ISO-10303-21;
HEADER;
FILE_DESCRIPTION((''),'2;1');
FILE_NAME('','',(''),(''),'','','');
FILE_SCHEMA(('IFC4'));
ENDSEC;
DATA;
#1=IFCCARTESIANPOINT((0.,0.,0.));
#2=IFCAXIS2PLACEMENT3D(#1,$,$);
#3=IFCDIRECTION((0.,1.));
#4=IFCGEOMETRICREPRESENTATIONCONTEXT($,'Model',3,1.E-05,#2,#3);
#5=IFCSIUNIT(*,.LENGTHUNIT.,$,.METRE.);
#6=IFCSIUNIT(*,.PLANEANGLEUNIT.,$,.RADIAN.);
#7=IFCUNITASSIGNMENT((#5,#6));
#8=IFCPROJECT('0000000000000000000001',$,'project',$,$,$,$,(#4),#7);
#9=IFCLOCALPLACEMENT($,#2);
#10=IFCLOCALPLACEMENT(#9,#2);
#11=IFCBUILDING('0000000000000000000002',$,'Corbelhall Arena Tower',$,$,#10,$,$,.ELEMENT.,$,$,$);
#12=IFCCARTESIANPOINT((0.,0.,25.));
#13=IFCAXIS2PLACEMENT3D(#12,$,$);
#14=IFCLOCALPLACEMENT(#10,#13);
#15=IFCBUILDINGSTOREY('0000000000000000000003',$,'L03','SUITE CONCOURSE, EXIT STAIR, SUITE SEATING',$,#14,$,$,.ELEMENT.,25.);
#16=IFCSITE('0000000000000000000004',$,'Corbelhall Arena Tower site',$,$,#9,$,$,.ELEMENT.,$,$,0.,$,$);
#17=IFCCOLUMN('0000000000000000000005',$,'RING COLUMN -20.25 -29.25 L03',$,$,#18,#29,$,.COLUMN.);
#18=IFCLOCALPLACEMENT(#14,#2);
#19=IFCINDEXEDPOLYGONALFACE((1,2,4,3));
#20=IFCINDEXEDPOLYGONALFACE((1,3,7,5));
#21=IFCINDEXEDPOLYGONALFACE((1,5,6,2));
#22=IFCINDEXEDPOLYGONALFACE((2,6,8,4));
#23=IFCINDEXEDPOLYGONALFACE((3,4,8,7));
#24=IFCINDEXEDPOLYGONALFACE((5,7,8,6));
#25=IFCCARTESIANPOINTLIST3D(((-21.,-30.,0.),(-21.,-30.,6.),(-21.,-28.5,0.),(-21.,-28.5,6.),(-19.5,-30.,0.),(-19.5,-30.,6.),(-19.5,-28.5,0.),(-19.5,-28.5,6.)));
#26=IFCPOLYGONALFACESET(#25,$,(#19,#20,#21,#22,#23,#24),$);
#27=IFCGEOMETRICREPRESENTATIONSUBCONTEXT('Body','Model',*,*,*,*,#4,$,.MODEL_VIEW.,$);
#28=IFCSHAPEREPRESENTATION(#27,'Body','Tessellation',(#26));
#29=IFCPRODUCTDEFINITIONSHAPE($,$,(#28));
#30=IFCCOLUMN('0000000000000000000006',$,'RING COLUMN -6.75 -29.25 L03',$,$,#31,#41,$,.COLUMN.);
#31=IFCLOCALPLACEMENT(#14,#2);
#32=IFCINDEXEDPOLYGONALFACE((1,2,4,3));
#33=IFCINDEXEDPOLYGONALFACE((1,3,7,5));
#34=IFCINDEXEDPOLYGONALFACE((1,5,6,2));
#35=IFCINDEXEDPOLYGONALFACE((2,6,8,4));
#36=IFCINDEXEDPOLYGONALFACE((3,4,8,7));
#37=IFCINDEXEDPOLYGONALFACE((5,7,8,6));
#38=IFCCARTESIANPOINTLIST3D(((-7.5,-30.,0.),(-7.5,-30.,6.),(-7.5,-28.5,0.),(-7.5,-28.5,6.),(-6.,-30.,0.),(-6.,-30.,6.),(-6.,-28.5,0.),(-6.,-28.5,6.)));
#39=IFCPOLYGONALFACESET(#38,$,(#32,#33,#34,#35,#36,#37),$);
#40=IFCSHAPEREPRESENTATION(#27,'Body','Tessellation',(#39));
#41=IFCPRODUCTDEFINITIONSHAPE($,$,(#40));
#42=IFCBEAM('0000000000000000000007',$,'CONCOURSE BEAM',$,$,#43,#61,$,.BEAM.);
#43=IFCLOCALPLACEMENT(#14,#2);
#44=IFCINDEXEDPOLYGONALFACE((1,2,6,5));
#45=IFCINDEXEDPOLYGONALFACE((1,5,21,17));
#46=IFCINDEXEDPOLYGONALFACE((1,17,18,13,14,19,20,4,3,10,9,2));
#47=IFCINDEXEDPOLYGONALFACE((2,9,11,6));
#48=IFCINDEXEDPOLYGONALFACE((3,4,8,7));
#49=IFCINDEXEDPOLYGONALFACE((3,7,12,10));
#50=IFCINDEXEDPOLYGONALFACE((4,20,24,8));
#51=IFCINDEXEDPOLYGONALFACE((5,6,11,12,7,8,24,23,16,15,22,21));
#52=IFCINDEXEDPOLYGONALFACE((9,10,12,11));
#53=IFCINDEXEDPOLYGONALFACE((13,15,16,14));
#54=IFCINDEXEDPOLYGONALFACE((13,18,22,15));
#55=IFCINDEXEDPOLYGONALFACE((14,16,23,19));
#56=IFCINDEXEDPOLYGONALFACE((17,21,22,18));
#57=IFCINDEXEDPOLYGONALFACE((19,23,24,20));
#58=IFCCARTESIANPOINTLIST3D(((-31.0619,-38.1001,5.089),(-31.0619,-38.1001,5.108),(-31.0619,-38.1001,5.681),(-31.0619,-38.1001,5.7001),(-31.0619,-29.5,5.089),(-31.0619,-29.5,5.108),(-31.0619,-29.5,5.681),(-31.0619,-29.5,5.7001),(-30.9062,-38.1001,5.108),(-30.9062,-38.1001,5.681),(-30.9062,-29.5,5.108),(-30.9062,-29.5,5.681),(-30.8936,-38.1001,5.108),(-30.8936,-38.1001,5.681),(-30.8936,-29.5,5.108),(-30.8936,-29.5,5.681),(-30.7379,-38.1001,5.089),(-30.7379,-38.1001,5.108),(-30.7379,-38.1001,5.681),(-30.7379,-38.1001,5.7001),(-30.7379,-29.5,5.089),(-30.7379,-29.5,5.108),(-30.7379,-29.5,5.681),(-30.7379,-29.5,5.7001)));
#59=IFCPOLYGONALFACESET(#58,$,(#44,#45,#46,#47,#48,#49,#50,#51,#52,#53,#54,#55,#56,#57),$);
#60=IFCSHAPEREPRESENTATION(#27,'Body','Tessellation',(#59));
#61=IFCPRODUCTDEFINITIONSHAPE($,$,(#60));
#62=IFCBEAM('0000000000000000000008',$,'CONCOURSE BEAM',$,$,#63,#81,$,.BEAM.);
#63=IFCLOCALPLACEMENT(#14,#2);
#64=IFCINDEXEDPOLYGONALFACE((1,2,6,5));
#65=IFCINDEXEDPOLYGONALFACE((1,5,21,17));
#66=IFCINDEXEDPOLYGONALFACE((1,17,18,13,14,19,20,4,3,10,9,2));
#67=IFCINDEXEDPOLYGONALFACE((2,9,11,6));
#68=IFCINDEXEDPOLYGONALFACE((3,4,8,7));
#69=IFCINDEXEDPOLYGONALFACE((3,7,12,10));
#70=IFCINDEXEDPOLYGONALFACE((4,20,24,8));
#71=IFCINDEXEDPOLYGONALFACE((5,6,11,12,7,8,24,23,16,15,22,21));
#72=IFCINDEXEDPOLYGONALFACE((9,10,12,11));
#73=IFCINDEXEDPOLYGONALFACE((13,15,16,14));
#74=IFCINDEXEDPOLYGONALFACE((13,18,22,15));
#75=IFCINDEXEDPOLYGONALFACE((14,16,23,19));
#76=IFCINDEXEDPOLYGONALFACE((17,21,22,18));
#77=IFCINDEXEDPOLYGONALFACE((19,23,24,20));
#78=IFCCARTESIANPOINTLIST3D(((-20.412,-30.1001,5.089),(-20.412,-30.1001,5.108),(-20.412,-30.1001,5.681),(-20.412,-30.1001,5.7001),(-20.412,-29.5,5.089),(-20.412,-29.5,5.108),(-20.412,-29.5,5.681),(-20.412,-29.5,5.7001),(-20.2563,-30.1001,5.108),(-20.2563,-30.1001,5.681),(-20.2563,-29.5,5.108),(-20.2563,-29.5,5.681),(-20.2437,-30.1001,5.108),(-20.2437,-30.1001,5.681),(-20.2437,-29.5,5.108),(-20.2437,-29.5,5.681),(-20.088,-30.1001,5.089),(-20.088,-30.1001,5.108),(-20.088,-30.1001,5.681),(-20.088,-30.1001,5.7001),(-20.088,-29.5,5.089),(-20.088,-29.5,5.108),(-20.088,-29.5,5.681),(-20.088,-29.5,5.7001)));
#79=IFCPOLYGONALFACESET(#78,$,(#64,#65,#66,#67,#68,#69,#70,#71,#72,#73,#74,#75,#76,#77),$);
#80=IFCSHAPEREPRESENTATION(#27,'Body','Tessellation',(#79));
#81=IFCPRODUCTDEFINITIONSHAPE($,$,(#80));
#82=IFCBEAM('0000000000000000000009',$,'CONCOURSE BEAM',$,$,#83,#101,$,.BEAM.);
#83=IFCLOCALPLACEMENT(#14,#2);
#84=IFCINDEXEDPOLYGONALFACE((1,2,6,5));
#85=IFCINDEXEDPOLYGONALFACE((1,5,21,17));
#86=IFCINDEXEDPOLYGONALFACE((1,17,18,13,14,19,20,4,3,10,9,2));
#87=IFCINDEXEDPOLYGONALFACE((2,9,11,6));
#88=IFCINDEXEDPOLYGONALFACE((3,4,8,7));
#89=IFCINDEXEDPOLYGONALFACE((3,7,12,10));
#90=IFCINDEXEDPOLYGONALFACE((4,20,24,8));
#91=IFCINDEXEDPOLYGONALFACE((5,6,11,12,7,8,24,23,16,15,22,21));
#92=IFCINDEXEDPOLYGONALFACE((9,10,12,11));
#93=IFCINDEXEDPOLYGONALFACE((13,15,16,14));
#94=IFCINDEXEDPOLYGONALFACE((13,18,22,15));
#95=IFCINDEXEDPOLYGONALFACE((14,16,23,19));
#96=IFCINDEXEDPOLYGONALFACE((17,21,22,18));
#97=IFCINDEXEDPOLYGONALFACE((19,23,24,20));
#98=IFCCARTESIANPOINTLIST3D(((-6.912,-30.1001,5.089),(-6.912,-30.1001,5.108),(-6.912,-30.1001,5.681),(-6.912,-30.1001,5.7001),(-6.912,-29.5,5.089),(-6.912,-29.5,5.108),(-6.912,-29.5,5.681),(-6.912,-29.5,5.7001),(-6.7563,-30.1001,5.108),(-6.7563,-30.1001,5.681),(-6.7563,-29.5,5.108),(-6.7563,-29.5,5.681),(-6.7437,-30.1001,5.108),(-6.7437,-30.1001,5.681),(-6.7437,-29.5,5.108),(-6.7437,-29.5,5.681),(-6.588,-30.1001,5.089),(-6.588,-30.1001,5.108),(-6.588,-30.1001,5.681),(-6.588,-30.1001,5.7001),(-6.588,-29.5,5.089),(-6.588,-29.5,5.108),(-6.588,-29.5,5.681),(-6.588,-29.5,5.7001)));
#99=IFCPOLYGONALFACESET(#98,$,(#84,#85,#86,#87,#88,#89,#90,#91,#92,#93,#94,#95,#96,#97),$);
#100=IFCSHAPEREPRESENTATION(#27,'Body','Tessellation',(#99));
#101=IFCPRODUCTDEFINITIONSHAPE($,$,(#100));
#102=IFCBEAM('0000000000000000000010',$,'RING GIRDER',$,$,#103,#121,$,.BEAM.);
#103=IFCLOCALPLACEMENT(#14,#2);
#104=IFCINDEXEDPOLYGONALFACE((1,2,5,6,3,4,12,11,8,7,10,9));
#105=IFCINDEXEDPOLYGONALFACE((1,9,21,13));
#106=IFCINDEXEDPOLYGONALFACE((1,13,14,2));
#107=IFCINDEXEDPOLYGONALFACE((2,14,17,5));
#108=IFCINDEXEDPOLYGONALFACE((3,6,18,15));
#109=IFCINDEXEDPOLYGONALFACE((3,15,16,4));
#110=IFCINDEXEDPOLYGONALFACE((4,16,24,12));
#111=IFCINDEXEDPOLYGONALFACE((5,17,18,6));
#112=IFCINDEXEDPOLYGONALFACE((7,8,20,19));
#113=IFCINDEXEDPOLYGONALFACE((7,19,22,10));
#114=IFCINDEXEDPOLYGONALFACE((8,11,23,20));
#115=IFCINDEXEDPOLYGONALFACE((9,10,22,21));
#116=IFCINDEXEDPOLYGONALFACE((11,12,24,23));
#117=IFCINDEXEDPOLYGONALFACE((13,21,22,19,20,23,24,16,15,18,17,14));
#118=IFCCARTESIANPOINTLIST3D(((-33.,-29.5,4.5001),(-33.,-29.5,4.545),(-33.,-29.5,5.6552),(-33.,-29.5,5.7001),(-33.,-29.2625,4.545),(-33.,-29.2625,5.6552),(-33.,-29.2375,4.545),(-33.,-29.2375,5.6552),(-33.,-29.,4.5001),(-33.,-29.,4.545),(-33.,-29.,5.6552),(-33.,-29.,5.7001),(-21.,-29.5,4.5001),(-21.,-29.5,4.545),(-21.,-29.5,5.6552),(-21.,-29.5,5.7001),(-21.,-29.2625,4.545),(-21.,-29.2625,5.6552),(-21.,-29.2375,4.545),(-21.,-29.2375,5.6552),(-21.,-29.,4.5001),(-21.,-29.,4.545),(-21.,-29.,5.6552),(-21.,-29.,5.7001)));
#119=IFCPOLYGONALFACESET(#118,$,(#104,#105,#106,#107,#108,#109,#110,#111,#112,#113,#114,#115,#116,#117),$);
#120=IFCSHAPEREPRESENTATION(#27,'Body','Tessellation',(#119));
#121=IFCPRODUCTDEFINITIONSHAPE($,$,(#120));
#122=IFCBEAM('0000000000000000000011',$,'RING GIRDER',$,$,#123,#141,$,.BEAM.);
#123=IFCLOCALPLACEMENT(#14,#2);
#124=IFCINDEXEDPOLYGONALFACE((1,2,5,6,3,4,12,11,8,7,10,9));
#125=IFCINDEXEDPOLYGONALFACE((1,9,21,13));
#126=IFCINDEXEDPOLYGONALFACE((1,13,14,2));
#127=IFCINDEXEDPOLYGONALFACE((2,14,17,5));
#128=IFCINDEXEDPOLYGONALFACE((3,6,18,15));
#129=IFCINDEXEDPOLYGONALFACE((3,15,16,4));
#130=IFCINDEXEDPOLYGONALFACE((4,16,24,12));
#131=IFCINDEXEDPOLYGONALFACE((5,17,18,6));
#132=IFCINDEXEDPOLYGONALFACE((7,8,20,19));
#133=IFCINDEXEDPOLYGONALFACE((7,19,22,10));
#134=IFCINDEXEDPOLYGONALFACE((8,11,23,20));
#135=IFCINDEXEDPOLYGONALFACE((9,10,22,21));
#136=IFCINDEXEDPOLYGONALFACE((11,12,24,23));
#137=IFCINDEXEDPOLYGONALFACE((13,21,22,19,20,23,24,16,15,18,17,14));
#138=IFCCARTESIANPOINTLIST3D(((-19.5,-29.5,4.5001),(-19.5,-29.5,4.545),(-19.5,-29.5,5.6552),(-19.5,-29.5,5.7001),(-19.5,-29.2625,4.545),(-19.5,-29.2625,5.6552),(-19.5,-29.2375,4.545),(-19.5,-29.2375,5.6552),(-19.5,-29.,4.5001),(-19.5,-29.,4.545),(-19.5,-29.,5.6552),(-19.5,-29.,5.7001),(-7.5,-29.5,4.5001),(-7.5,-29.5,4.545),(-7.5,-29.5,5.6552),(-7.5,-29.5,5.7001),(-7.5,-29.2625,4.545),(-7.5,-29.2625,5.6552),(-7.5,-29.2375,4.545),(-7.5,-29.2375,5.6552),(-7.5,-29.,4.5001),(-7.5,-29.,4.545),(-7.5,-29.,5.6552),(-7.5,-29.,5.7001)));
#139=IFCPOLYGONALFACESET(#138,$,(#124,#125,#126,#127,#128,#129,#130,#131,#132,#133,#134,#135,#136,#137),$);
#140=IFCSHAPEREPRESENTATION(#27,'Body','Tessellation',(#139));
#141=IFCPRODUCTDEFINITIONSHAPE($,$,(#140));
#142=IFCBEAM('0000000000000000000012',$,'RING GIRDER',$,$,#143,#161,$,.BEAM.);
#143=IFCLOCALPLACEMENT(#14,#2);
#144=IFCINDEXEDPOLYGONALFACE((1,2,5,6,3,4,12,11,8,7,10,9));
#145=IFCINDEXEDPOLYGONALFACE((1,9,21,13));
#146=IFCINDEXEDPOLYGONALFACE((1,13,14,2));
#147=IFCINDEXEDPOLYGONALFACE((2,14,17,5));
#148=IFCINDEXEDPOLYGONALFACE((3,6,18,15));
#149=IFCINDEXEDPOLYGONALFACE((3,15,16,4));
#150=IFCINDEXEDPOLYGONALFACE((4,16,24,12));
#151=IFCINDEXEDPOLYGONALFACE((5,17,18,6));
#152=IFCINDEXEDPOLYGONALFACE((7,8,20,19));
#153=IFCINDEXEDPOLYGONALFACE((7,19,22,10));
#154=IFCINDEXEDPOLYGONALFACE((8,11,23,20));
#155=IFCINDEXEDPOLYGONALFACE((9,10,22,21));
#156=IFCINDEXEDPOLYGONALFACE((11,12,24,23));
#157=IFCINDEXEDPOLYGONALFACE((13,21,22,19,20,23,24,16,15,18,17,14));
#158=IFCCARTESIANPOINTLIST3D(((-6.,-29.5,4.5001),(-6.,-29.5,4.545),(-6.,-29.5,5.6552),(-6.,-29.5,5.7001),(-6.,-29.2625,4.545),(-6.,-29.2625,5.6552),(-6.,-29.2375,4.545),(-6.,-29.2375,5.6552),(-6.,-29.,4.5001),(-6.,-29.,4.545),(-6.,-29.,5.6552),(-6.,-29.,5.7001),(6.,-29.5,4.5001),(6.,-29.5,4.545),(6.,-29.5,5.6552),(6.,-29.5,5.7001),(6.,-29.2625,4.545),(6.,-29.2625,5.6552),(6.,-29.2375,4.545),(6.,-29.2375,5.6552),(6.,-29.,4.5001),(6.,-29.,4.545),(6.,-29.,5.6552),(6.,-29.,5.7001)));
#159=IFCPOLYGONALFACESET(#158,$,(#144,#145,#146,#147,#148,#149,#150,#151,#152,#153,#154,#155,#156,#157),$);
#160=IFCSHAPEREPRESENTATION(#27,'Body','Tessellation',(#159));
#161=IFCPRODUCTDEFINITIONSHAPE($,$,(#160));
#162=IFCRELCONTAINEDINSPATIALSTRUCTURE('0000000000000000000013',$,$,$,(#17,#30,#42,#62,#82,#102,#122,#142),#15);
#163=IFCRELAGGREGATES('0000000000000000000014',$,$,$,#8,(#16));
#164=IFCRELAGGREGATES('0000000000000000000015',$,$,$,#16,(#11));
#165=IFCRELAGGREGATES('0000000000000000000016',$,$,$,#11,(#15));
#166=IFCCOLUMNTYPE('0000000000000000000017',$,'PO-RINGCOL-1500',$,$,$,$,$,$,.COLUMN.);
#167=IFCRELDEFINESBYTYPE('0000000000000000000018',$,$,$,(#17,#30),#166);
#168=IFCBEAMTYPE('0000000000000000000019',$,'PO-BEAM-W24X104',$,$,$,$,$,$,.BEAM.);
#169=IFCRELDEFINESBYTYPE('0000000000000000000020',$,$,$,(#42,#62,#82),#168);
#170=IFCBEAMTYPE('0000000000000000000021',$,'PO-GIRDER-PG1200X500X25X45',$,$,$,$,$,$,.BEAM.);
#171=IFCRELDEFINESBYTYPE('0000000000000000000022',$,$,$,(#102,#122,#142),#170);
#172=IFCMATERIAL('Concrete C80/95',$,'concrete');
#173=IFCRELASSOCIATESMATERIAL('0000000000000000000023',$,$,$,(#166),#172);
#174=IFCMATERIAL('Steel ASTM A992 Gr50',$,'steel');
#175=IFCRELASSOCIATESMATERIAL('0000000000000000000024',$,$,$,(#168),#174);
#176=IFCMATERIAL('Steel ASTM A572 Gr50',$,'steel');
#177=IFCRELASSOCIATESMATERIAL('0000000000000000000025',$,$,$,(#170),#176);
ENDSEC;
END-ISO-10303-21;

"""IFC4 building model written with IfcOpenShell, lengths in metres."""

from ifc_helpers import new_model, si_unit, direction, frame, origin, origin_2d, place, context, subcontext, project, spatial, rectangle, i_section, extrude, material, material_profile, profile_set, type_object, element, save


model = new_model("IFC4")

# Units and contexts
model_context = context("Model", 3, precision=1e-05, world=origin(), true_north=direction((0.0, 1.0)))
body_context = subcontext(model_context, "Body", "Model", "MODEL_VIEW")
ifc_project = project(units=[si_unit("LENGTHUNIT", "METRE"), si_unit("PLANEANGLEUNIT", "RADIAN")], contexts=[model_context])

# Site, building, storey
site_placement = place(None, origin())
site = spatial("IfcSite", under=ifc_project, at=site_placement, Name="Corbelhall Arena Tower site", CompositionType="ELEMENT", RefElevation=0.0)
building_placement = place(site_placement, origin())
building = spatial("IfcBuilding", under=site, at=building_placement, Name="Corbelhall Arena Tower", CompositionType="ELEMENT")
storey_placement = place(building_placement, frame((0.0, 0.0, 25.0)))
storey = spatial("IfcBuildingStorey", under=building, at=storey_placement, Name="L03", Description="SUITE CONCOURSE, EXIT STAIR, SUITE SEATING", CompositionType="ELEMENT", Elevation=25.0)

# Columns
ifc_material_1 = material(Name="Concrete C80/95", Category="concrete")
ifc_material_profile_1 = material_profile(ifc_material_1, rectangle(XDim=1.5, YDim=1.5, at=origin_2d()))
ifc_profile_set_1 = profile_set([ifc_material_profile_1], Name="Concrete C80/95")
column_type = type_object("IfcColumnType", Name="PO-RINGCOL-1500", PredefinedType="COLUMN", material=ifc_profile_set_1)
for number, where, z_axis, x_axis, name in (
    (1, (-20.25, -29.25, 0.0), (0.0, 0.0, 1.0), (1.0, 0.0, 0.0), "RING COLUMN -20.25 -29.25 L03"),
    (2, (-6.75, -29.25, 0.0), (0.0, 0.0, 1.0), (1.0, 0.0, 0.0), "RING COLUMN -6.75 -29.25 L03"),
):
    element("IfcColumn", number, at=place(storey_placement, frame(where, z_axis=z_axis, x_axis=x_axis)), inside=storey, type_object=column_type, Name=name, PredefinedType="COLUMN", context=body_context, shape_type="SweptSolid", body=[
        extrude(rectangle(XDim=1.5, YDim=1.5, at=origin_2d()), origin(), (0.0, 0.0, 1.0), 6.0),
    ])

# Beams
ifc_material_2 = material(Name="Steel ASTM A992 Gr50", Category="steel")
ifc_material_profile_2 = material_profile(ifc_material_2, i_section(OverallWidth=0.324, OverallDepth=0.6111, WebThickness=0.0127, FlangeThickness=0.019, at=origin_2d()))
ifc_profile_set_2 = profile_set([ifc_material_profile_2], Name="Steel ASTM A992 Gr50")
beam_type_1 = type_object("IfcBeamType", Name="PO-BEAM-W24X104", PredefinedType="BEAM", material=ifc_profile_set_2)
beam_placement = place(storey_placement, frame((-30.8999, -29.5, 5.3945), z_axis=(0.0, -1.0, 0.0), x_axis=(1.0, 0.0, 0.0)))
element("IfcBeam", 3, at=beam_placement, inside=storey, type_object=beam_type_1, Name="CONCOURSE BEAM", PredefinedType="BEAM", context=body_context, shape_type="SweptSolid", body=[
    extrude(i_section(OverallWidth=0.324, OverallDepth=0.6111, WebThickness=0.0127, FlangeThickness=0.019, at=origin_2d()), origin(), (0.0, 0.0, 1.0), 8.6001),
])
for number, where, z_axis, x_axis, name in (
    (4, (-20.25, -29.5, 5.3945), (0.0, -1.0, 0.0), (1.0, 0.0, 0.0), "CONCOURSE BEAM"),
    (5, (-6.75, -29.5, 5.3945), (0.0, -1.0, 0.0), (1.0, 0.0, 0.0), "CONCOURSE BEAM"),
):
    element("IfcBeam", number, at=place(storey_placement, frame(where, z_axis=z_axis, x_axis=x_axis)), inside=storey, type_object=beam_type_1, Name=name, PredefinedType="BEAM", context=body_context, shape_type="SweptSolid", body=[
        extrude(i_section(OverallWidth=0.324, OverallDepth=0.6111, WebThickness=0.0127, FlangeThickness=0.019, at=origin_2d()), origin(), (0.0, 0.0, 1.0), 0.6001),
    ])
ifc_material_3 = material(Name="Steel ASTM A572 Gr50", Category="steel")
ifc_material_profile_3 = material_profile(ifc_material_3, i_section(OverallWidth=0.5, OverallDepth=1.2, WebThickness=0.0249, FlangeThickness=0.0449, at=origin_2d()))
ifc_profile_set_3 = profile_set([ifc_material_profile_3], Name="Steel ASTM A572 Gr50")
beam_type_2 = type_object("IfcBeamType", Name="PO-GIRDER-PG1200X500X25X45", PredefinedType="BEAM", material=ifc_profile_set_3)
for number, where, z_axis, x_axis, name in (
    (6, (-33.0, -29.25, 5.1001), (1.0, 0.0, 0.0), (0.0, 1.0, 0.0), "RING GIRDER"),
    (7, (-19.5, -29.25, 5.1001), (1.0, 0.0, 0.0), (0.0, 1.0, 0.0), "RING GIRDER"),
    (8, (-6.0, -29.25, 5.1001), (1.0, 0.0, 0.0), (0.0, 1.0, 0.0), "RING GIRDER"),
):
    element("IfcBeam", number, at=place(storey_placement, frame(where, z_axis=z_axis, x_axis=x_axis)), inside=storey, type_object=beam_type_2, Name=name, PredefinedType="BEAM", context=body_context, shape_type="SweptSolid", body=[
        extrude(i_section(OverallWidth=0.5, OverallDepth=1.2, WebThickness=0.0249, FlangeThickness=0.0449, at=origin_2d()), origin(), (0.0, 0.0, 1.0), 12.0),
    ])

save(model, "model.ifc")
